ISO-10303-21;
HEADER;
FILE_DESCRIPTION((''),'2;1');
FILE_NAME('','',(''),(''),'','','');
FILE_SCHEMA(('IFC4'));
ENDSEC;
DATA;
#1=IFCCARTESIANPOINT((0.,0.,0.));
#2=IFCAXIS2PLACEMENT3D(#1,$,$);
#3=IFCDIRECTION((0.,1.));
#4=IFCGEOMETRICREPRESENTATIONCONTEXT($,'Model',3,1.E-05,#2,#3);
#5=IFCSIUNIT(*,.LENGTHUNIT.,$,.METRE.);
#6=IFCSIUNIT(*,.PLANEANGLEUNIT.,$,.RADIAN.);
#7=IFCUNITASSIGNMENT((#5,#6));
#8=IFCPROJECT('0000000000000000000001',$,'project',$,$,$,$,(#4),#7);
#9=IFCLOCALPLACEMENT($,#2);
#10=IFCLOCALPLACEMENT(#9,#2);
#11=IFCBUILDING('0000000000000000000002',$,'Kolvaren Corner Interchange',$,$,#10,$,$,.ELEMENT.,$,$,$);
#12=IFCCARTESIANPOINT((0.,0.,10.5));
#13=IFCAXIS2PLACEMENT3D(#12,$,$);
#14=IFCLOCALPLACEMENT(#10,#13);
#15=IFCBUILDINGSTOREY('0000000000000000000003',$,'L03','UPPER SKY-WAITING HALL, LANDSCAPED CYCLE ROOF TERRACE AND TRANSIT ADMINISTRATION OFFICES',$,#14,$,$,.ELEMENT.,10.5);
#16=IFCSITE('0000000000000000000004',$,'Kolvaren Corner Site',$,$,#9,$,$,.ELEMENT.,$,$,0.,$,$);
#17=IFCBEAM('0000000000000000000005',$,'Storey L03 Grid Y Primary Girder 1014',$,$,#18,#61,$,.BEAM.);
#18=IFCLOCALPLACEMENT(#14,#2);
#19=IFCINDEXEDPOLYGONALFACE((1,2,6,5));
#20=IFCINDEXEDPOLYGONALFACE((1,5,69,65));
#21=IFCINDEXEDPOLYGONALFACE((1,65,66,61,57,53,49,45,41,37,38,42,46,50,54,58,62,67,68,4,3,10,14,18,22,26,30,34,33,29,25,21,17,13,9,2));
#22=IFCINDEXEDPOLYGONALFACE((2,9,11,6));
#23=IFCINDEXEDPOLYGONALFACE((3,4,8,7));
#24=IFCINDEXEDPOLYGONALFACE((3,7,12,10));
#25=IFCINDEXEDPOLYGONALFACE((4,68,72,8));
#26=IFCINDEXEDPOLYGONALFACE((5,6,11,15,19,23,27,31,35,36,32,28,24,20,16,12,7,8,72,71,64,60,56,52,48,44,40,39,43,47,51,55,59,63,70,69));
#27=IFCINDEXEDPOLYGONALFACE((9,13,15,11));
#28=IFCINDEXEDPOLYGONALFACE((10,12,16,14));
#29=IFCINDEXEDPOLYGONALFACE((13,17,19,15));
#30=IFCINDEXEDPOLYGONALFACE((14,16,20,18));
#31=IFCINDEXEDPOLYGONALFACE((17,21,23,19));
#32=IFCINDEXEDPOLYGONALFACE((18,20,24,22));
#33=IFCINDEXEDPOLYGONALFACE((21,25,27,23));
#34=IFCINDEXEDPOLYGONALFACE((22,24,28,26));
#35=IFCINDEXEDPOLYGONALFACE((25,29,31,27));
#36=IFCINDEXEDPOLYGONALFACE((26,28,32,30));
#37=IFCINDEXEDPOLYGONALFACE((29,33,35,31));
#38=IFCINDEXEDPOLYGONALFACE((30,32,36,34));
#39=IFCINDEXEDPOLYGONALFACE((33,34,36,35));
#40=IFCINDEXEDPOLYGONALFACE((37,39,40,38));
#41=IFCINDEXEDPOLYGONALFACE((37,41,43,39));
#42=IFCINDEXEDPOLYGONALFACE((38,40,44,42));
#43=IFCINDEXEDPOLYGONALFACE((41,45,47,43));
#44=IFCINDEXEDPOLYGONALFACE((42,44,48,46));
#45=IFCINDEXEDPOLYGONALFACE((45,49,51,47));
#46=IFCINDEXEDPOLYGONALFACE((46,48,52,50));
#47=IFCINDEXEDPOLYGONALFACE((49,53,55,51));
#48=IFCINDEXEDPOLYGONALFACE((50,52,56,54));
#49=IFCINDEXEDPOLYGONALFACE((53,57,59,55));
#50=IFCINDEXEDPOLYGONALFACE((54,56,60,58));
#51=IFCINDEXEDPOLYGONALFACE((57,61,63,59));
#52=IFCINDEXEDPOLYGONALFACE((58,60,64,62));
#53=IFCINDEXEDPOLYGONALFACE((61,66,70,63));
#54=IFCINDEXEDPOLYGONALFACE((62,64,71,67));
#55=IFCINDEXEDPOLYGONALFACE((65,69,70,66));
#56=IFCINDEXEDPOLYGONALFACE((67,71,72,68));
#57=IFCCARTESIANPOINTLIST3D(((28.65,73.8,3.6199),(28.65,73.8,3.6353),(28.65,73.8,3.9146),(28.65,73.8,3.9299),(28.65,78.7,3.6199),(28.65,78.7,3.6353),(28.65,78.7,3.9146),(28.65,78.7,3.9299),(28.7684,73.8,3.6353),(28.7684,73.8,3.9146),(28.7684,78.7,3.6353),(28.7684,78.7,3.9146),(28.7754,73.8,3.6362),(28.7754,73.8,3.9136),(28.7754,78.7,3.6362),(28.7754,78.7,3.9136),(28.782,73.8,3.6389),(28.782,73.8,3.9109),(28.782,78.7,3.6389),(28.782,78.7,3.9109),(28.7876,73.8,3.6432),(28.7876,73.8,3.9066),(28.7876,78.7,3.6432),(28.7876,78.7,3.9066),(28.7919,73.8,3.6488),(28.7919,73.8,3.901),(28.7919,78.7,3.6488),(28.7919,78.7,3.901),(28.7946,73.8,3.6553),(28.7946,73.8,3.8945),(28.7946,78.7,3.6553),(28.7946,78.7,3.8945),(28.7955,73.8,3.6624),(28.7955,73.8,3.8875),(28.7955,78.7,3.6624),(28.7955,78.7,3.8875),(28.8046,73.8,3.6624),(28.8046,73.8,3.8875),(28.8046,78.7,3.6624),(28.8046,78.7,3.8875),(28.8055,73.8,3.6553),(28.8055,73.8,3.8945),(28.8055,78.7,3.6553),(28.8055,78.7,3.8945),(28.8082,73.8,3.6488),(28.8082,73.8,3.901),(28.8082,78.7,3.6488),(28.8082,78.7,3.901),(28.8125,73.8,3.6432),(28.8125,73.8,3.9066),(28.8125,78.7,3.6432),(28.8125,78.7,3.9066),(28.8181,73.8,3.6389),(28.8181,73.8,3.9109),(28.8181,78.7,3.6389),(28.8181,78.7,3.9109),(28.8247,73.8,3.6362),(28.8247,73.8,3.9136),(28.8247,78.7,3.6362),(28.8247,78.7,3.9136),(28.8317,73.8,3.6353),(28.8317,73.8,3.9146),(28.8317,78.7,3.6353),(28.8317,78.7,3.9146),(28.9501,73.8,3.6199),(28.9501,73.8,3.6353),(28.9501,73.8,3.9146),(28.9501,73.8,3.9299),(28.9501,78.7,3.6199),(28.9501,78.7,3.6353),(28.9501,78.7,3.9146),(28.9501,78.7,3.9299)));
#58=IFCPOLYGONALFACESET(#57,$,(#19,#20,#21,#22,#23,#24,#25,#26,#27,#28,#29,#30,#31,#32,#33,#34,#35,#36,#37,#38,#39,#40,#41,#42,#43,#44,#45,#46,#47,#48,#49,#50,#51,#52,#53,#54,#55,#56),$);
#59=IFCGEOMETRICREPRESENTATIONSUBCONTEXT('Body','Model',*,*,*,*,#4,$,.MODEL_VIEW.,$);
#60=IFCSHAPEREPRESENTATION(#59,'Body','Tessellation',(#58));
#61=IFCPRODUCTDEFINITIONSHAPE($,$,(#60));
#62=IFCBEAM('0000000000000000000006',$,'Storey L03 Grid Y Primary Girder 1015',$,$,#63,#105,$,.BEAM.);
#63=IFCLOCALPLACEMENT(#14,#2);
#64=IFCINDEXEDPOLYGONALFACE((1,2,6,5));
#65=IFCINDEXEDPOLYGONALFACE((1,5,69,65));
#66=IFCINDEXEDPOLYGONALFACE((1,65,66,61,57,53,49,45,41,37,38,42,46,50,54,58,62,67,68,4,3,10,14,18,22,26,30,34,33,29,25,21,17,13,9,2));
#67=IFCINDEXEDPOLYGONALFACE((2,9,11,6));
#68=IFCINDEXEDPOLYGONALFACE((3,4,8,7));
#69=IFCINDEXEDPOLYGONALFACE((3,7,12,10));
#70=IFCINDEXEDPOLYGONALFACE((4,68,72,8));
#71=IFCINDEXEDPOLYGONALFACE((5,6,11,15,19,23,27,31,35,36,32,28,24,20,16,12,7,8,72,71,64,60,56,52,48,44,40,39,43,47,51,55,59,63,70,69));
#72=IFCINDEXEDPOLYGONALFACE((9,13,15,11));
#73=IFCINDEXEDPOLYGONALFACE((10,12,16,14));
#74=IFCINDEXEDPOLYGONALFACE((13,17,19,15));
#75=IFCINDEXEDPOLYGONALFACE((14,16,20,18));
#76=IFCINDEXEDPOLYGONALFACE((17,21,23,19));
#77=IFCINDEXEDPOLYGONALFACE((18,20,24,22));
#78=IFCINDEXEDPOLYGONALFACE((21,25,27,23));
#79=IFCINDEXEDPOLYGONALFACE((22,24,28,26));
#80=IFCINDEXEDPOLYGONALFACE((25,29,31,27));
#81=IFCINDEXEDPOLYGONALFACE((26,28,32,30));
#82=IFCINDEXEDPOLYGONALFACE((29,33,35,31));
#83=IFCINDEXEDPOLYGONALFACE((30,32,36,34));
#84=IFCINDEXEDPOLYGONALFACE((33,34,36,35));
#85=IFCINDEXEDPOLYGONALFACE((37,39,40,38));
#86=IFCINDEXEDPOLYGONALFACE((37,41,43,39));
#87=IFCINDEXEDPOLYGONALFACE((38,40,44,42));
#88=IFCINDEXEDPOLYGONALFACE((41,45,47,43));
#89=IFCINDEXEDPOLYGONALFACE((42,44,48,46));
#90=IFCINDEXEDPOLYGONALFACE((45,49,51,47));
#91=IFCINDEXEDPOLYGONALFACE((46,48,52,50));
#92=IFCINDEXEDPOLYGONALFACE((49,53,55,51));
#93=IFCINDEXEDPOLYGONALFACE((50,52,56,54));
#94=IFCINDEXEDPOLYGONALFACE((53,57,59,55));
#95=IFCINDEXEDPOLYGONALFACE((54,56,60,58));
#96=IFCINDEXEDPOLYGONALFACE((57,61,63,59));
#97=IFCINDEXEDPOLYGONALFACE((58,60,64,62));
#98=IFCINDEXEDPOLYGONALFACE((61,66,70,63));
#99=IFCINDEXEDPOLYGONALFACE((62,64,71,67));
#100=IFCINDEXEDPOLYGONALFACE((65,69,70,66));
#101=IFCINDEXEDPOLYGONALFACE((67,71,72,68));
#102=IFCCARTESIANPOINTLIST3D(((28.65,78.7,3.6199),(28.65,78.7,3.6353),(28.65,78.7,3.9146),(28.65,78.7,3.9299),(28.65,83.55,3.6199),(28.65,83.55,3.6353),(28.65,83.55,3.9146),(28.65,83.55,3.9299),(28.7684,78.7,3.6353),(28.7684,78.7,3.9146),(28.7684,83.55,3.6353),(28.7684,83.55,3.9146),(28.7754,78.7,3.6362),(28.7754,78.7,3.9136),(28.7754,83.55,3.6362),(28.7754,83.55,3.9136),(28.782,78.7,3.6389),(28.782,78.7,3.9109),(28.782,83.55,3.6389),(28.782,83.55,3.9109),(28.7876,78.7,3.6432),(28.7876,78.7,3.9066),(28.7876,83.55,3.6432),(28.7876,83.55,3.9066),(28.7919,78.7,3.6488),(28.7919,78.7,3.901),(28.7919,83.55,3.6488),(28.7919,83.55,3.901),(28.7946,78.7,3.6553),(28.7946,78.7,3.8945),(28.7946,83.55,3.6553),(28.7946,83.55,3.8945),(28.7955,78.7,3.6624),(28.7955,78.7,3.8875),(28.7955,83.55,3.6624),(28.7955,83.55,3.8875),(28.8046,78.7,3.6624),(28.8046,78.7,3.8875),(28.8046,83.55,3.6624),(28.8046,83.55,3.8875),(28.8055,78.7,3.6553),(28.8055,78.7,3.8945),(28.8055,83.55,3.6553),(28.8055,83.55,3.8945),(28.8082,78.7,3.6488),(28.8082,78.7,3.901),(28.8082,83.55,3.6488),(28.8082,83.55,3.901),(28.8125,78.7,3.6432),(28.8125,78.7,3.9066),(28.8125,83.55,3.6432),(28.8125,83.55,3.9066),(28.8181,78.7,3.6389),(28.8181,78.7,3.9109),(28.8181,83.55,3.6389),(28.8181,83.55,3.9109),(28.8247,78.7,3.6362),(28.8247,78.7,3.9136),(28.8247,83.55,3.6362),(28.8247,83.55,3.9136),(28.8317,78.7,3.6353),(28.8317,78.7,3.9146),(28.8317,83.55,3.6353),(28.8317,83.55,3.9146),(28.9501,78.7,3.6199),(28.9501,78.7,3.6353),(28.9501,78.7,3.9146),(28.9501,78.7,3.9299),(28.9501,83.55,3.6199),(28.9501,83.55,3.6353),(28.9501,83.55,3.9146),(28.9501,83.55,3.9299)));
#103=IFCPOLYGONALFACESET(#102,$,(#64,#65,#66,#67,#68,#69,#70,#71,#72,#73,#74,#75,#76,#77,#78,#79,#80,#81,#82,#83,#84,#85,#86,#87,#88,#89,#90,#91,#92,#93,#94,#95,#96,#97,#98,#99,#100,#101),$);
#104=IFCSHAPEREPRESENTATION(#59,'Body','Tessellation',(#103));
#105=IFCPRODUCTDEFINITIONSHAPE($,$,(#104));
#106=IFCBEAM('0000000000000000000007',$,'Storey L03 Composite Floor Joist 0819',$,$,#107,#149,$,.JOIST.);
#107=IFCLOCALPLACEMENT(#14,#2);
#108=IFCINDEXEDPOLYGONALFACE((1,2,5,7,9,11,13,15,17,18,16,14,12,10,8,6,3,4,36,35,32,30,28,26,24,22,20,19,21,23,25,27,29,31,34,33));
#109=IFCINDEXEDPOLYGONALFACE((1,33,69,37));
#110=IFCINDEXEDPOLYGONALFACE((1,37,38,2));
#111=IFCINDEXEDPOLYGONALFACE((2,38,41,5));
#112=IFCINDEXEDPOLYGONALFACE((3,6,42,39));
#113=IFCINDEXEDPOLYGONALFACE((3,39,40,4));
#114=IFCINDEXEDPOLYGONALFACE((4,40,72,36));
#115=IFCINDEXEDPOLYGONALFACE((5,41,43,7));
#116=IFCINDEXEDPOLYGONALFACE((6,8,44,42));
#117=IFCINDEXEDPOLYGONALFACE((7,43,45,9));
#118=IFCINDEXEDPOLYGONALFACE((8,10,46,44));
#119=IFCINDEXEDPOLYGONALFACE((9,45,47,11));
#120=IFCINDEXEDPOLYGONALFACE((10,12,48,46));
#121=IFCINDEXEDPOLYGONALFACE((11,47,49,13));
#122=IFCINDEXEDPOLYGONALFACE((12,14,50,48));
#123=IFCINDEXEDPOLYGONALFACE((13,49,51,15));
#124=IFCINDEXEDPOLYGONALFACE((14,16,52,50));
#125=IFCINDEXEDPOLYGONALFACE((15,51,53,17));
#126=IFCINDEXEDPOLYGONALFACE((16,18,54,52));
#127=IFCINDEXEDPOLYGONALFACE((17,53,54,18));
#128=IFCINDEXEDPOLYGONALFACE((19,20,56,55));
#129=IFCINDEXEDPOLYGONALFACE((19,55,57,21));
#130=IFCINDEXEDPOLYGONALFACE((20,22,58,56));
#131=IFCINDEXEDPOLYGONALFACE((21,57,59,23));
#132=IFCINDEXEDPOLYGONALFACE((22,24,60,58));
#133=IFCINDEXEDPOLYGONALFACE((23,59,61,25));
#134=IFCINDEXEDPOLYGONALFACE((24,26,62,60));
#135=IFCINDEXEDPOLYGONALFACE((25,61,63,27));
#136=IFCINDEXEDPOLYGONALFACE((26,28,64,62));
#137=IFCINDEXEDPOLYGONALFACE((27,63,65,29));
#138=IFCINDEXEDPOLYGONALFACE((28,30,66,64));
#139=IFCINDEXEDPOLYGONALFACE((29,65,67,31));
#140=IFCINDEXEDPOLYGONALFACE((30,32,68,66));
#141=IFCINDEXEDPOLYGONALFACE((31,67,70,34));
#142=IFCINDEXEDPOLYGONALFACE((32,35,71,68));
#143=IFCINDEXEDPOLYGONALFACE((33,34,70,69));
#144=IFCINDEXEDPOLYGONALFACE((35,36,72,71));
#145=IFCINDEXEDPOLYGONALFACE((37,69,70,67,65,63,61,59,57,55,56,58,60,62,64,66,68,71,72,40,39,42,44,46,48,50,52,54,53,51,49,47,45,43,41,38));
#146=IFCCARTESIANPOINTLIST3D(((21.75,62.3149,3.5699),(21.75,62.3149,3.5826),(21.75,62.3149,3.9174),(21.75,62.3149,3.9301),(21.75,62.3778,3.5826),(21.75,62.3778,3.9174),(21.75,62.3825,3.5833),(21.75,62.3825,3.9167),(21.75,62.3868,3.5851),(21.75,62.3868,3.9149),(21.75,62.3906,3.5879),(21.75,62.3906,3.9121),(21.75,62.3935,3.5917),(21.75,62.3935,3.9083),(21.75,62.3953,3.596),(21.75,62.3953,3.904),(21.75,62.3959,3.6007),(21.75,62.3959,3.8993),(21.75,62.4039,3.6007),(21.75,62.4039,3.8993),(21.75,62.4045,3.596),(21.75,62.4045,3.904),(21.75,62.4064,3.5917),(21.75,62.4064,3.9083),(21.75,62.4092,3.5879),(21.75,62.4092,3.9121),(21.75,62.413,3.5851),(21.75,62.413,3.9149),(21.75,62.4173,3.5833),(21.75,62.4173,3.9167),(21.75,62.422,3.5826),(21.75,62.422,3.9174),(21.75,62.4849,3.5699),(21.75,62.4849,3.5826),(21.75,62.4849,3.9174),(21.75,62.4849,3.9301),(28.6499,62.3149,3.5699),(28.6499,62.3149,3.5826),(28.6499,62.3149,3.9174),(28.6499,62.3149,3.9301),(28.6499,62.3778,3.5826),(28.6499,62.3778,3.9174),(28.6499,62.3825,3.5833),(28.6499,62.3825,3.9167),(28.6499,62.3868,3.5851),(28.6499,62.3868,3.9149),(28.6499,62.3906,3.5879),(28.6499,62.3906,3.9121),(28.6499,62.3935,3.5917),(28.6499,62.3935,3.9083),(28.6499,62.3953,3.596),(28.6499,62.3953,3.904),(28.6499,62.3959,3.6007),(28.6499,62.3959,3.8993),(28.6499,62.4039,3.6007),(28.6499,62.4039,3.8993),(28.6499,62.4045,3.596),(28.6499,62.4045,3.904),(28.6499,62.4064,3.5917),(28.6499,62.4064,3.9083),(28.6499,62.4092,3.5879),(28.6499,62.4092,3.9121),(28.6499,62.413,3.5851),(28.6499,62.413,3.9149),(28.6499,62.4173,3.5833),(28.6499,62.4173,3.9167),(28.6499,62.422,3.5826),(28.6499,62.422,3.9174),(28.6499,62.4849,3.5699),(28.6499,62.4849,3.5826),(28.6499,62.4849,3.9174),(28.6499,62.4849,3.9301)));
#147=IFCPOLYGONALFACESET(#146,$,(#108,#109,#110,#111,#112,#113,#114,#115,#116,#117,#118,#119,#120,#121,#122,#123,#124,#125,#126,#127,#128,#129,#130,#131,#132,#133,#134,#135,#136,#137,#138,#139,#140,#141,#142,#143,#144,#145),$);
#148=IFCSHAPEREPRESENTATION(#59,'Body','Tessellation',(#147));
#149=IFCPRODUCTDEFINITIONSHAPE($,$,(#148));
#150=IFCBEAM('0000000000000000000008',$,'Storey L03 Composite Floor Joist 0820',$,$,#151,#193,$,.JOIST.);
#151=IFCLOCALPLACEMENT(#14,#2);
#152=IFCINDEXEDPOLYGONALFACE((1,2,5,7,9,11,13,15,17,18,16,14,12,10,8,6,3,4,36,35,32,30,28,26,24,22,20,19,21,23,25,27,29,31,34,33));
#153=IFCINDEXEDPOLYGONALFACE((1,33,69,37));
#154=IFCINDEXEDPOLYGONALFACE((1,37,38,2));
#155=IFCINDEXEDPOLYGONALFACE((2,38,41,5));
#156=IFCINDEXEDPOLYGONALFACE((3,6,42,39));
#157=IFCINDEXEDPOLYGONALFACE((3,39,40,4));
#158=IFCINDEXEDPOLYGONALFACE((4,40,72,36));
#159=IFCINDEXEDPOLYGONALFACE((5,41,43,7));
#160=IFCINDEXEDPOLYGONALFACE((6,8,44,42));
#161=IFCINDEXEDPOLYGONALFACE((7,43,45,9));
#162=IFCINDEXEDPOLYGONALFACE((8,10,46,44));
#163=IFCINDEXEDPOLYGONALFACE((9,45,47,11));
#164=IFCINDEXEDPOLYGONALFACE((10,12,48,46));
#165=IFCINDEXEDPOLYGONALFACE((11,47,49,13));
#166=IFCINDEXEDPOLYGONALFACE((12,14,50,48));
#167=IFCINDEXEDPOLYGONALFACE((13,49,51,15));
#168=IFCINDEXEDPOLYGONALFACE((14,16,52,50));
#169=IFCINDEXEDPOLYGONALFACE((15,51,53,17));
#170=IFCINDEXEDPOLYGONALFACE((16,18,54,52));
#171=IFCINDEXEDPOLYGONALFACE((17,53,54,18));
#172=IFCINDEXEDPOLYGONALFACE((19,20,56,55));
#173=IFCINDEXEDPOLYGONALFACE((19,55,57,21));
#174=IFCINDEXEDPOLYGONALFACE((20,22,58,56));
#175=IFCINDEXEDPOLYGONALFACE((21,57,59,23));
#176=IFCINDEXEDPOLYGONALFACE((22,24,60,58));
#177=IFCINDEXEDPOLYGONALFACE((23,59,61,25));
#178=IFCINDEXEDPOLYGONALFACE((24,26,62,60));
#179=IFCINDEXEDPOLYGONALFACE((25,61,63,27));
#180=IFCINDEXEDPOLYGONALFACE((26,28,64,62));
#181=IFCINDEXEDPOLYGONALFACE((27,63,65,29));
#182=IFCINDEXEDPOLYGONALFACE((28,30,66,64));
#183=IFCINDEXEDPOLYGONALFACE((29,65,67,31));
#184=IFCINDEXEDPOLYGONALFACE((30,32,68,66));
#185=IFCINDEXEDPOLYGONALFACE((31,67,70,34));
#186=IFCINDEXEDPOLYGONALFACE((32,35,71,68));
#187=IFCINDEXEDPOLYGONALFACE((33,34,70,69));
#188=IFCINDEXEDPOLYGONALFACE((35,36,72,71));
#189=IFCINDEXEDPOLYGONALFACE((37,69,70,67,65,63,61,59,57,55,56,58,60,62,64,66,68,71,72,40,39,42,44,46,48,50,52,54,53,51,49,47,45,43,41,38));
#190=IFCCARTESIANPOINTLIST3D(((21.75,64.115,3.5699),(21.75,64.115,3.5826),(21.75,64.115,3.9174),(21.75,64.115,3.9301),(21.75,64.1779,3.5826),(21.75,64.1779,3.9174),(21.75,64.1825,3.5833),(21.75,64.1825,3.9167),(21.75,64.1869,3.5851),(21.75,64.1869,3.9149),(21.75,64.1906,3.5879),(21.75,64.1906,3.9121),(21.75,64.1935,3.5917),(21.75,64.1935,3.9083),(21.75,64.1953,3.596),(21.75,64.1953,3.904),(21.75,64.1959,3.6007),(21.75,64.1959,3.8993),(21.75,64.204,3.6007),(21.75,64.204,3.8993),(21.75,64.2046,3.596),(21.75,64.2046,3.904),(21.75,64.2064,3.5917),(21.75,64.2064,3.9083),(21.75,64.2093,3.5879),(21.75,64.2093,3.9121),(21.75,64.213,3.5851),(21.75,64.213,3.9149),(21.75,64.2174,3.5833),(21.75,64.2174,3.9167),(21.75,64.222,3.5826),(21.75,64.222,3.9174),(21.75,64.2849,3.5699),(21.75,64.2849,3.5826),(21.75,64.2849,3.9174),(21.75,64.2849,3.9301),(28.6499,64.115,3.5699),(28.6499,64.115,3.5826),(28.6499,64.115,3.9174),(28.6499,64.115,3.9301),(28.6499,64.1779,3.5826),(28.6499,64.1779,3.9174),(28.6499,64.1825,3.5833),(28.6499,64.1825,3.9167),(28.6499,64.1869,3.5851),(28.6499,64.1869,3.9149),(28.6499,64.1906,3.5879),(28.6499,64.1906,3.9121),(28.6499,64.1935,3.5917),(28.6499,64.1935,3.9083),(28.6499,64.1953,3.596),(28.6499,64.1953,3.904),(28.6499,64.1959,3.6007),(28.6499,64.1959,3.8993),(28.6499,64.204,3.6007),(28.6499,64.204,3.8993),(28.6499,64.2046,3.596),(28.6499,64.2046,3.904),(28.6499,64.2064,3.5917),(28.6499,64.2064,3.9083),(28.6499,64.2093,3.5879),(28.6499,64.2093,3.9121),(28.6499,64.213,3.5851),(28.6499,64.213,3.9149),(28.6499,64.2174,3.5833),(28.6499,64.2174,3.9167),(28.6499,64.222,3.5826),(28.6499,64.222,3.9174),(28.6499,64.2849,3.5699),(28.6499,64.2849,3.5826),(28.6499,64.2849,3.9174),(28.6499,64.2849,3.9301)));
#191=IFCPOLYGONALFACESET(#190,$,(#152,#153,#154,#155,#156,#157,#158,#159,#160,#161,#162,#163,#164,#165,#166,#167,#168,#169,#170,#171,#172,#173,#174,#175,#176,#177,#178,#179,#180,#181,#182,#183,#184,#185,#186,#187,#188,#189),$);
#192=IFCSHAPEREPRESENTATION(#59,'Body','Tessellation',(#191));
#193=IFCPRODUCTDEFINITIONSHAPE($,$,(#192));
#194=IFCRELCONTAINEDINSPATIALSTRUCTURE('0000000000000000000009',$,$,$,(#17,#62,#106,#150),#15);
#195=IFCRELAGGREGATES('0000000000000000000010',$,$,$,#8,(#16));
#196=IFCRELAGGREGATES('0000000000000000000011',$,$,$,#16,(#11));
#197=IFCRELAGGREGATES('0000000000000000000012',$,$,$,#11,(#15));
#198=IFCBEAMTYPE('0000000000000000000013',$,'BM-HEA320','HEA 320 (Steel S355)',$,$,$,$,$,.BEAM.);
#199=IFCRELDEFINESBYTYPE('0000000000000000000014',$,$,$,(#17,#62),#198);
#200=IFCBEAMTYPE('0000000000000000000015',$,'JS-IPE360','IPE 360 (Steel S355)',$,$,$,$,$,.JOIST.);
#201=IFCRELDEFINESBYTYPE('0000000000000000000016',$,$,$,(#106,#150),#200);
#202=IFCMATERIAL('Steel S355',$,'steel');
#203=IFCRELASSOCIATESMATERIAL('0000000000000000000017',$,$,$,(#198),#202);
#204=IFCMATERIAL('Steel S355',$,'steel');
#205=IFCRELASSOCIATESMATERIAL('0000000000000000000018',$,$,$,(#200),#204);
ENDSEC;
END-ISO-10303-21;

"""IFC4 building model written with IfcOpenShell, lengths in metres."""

from ifc_helpers import new_model, si_unit, direction, frame, origin, origin_2d, place, context, subcontext, project, spatial, i_section, extrude, material, material_profile, profile_set, type_object, element, save


model = new_model("IFC4")

# Units and contexts
model_context = context("Model", 3, precision=1e-05, world=origin(), true_north=direction((0.0, 1.0)))
body_context = subcontext(model_context, "Body", "Model", "MODEL_VIEW")
ifc_project = project(units=[si_unit("LENGTHUNIT", "METRE"), si_unit("PLANEANGLEUNIT", "RADIAN")], contexts=[model_context])

# Site, building, storey
site_placement = place(None, origin())
site = spatial("IfcSite", under=ifc_project, at=site_placement, Name="Kolvaren Corner Site", CompositionType="ELEMENT", RefElevation=0.0)
building_placement = place(site_placement, origin())
building = spatial("IfcBuilding", under=site, at=building_placement, Name="Kolvaren Corner Interchange", CompositionType="ELEMENT")
storey_placement = place(building_placement, frame((0.0, 0.0, 10.5)))
storey = spatial("IfcBuildingStorey", under=building, at=storey_placement, Name="L03", Description="UPPER SKY-WAITING HALL, LANDSCAPED CYCLE ROOF TERRACE AND TRANSIT ADMINISTRATION OFFICES", CompositionType="ELEMENT", Elevation=10.5)

# Beams
ifc_material_1 = material(Name="Steel S355", Category="steel")
ifc_material_profile_1 = material_profile(ifc_material_1, i_section(OverallWidth=0.3, OverallDepth=0.3101, WebThickness=0.009, FlangeThickness=0.0154, FilletRadius=0.0271, at=origin_2d()), Name="HEA 320")
ifc_profile_set_1 = profile_set([ifc_material_profile_1], Name="Steel S355")
beam_type_1 = type_object("IfcBeamType", Name="BM-HEA320", Description="HEA 320 (Steel S355)", PredefinedType="BEAM", material=ifc_profile_set_1)
beam_1_placement = place(storey_placement, frame((28.8, 73.8, 3.7749), z_axis=(0.0, 1.0, 0.0), x_axis=(-1.0, 0.0, 0.0)))
element("IfcBeam", 1, at=beam_1_placement, inside=storey, type_object=beam_type_1, Name="Storey L03 Grid Y Primary Girder 1014", PredefinedType="BEAM", context=body_context, shape_type="SweptSolid", body=[
    extrude(i_section(OverallWidth=0.3, OverallDepth=0.3101, WebThickness=0.009, FlangeThickness=0.0154, FilletRadius=0.0271, at=origin_2d()), origin(), (0.0, 0.0, 1.0), 4.8999),
])
beam_2_placement = place(storey_placement, frame((28.8, 78.7, 3.7749), z_axis=(0.0, 1.0, 0.0), x_axis=(-1.0, 0.0, 0.0)))
element("IfcBeam", 2, at=beam_2_placement, inside=storey, type_object=beam_type_1, Name="Storey L03 Grid Y Primary Girder 1015", PredefinedType="BEAM", context=body_context, shape_type="SweptSolid", body=[
    extrude(i_section(OverallWidth=0.3, OverallDepth=0.3101, WebThickness=0.009, FlangeThickness=0.0154, FilletRadius=0.0271, at=origin_2d()), origin(), (0.0, 0.0, 1.0), 4.8501),
])
ifc_material_2 = material(Name="Steel S355", Category="steel")
ifc_material_profile_2 = material_profile(ifc_material_2, i_section(OverallWidth=0.1699, OverallDepth=0.3601, WebThickness=0.0081, FlangeThickness=0.0127, FilletRadius=0.0181, at=origin_2d()), Name="IPE 360")
ifc_profile_set_2 = profile_set([ifc_material_profile_2], Name="Steel S355")
beam_type_2 = type_object("IfcBeamType", Name="JS-IPE360", Description="IPE 360 (Steel S355)", PredefinedType="JOIST", material=ifc_profile_set_2)
for number, where, z_axis, x_axis, name in (
    (3, (21.75, 62.3999, 3.75), (1.0, 0.0, 0.0), (0.0, 1.0, 0.0), "Storey L03 Composite Floor Joist 0819"),
    (4, (21.75, 64.2, 3.75), (1.0, 0.0, 0.0), (0.0, 1.0, 0.0), "Storey L03 Composite Floor Joist 0820"),
):
    element("IfcBeam", number, at=place(storey_placement, frame(where, z_axis=z_axis, x_axis=x_axis)), inside=storey, type_object=beam_type_2, Name=name, PredefinedType="JOIST", context=body_context, shape_type="SweptSolid", body=[
        extrude(i_section(OverallWidth=0.1699, OverallDepth=0.3601, WebThickness=0.0081, FlangeThickness=0.0127, FilletRadius=0.0181, at=origin_2d()), origin(), (0.0, 0.0, 1.0), 6.8999),
    ])

save(model, "model.ifc")
